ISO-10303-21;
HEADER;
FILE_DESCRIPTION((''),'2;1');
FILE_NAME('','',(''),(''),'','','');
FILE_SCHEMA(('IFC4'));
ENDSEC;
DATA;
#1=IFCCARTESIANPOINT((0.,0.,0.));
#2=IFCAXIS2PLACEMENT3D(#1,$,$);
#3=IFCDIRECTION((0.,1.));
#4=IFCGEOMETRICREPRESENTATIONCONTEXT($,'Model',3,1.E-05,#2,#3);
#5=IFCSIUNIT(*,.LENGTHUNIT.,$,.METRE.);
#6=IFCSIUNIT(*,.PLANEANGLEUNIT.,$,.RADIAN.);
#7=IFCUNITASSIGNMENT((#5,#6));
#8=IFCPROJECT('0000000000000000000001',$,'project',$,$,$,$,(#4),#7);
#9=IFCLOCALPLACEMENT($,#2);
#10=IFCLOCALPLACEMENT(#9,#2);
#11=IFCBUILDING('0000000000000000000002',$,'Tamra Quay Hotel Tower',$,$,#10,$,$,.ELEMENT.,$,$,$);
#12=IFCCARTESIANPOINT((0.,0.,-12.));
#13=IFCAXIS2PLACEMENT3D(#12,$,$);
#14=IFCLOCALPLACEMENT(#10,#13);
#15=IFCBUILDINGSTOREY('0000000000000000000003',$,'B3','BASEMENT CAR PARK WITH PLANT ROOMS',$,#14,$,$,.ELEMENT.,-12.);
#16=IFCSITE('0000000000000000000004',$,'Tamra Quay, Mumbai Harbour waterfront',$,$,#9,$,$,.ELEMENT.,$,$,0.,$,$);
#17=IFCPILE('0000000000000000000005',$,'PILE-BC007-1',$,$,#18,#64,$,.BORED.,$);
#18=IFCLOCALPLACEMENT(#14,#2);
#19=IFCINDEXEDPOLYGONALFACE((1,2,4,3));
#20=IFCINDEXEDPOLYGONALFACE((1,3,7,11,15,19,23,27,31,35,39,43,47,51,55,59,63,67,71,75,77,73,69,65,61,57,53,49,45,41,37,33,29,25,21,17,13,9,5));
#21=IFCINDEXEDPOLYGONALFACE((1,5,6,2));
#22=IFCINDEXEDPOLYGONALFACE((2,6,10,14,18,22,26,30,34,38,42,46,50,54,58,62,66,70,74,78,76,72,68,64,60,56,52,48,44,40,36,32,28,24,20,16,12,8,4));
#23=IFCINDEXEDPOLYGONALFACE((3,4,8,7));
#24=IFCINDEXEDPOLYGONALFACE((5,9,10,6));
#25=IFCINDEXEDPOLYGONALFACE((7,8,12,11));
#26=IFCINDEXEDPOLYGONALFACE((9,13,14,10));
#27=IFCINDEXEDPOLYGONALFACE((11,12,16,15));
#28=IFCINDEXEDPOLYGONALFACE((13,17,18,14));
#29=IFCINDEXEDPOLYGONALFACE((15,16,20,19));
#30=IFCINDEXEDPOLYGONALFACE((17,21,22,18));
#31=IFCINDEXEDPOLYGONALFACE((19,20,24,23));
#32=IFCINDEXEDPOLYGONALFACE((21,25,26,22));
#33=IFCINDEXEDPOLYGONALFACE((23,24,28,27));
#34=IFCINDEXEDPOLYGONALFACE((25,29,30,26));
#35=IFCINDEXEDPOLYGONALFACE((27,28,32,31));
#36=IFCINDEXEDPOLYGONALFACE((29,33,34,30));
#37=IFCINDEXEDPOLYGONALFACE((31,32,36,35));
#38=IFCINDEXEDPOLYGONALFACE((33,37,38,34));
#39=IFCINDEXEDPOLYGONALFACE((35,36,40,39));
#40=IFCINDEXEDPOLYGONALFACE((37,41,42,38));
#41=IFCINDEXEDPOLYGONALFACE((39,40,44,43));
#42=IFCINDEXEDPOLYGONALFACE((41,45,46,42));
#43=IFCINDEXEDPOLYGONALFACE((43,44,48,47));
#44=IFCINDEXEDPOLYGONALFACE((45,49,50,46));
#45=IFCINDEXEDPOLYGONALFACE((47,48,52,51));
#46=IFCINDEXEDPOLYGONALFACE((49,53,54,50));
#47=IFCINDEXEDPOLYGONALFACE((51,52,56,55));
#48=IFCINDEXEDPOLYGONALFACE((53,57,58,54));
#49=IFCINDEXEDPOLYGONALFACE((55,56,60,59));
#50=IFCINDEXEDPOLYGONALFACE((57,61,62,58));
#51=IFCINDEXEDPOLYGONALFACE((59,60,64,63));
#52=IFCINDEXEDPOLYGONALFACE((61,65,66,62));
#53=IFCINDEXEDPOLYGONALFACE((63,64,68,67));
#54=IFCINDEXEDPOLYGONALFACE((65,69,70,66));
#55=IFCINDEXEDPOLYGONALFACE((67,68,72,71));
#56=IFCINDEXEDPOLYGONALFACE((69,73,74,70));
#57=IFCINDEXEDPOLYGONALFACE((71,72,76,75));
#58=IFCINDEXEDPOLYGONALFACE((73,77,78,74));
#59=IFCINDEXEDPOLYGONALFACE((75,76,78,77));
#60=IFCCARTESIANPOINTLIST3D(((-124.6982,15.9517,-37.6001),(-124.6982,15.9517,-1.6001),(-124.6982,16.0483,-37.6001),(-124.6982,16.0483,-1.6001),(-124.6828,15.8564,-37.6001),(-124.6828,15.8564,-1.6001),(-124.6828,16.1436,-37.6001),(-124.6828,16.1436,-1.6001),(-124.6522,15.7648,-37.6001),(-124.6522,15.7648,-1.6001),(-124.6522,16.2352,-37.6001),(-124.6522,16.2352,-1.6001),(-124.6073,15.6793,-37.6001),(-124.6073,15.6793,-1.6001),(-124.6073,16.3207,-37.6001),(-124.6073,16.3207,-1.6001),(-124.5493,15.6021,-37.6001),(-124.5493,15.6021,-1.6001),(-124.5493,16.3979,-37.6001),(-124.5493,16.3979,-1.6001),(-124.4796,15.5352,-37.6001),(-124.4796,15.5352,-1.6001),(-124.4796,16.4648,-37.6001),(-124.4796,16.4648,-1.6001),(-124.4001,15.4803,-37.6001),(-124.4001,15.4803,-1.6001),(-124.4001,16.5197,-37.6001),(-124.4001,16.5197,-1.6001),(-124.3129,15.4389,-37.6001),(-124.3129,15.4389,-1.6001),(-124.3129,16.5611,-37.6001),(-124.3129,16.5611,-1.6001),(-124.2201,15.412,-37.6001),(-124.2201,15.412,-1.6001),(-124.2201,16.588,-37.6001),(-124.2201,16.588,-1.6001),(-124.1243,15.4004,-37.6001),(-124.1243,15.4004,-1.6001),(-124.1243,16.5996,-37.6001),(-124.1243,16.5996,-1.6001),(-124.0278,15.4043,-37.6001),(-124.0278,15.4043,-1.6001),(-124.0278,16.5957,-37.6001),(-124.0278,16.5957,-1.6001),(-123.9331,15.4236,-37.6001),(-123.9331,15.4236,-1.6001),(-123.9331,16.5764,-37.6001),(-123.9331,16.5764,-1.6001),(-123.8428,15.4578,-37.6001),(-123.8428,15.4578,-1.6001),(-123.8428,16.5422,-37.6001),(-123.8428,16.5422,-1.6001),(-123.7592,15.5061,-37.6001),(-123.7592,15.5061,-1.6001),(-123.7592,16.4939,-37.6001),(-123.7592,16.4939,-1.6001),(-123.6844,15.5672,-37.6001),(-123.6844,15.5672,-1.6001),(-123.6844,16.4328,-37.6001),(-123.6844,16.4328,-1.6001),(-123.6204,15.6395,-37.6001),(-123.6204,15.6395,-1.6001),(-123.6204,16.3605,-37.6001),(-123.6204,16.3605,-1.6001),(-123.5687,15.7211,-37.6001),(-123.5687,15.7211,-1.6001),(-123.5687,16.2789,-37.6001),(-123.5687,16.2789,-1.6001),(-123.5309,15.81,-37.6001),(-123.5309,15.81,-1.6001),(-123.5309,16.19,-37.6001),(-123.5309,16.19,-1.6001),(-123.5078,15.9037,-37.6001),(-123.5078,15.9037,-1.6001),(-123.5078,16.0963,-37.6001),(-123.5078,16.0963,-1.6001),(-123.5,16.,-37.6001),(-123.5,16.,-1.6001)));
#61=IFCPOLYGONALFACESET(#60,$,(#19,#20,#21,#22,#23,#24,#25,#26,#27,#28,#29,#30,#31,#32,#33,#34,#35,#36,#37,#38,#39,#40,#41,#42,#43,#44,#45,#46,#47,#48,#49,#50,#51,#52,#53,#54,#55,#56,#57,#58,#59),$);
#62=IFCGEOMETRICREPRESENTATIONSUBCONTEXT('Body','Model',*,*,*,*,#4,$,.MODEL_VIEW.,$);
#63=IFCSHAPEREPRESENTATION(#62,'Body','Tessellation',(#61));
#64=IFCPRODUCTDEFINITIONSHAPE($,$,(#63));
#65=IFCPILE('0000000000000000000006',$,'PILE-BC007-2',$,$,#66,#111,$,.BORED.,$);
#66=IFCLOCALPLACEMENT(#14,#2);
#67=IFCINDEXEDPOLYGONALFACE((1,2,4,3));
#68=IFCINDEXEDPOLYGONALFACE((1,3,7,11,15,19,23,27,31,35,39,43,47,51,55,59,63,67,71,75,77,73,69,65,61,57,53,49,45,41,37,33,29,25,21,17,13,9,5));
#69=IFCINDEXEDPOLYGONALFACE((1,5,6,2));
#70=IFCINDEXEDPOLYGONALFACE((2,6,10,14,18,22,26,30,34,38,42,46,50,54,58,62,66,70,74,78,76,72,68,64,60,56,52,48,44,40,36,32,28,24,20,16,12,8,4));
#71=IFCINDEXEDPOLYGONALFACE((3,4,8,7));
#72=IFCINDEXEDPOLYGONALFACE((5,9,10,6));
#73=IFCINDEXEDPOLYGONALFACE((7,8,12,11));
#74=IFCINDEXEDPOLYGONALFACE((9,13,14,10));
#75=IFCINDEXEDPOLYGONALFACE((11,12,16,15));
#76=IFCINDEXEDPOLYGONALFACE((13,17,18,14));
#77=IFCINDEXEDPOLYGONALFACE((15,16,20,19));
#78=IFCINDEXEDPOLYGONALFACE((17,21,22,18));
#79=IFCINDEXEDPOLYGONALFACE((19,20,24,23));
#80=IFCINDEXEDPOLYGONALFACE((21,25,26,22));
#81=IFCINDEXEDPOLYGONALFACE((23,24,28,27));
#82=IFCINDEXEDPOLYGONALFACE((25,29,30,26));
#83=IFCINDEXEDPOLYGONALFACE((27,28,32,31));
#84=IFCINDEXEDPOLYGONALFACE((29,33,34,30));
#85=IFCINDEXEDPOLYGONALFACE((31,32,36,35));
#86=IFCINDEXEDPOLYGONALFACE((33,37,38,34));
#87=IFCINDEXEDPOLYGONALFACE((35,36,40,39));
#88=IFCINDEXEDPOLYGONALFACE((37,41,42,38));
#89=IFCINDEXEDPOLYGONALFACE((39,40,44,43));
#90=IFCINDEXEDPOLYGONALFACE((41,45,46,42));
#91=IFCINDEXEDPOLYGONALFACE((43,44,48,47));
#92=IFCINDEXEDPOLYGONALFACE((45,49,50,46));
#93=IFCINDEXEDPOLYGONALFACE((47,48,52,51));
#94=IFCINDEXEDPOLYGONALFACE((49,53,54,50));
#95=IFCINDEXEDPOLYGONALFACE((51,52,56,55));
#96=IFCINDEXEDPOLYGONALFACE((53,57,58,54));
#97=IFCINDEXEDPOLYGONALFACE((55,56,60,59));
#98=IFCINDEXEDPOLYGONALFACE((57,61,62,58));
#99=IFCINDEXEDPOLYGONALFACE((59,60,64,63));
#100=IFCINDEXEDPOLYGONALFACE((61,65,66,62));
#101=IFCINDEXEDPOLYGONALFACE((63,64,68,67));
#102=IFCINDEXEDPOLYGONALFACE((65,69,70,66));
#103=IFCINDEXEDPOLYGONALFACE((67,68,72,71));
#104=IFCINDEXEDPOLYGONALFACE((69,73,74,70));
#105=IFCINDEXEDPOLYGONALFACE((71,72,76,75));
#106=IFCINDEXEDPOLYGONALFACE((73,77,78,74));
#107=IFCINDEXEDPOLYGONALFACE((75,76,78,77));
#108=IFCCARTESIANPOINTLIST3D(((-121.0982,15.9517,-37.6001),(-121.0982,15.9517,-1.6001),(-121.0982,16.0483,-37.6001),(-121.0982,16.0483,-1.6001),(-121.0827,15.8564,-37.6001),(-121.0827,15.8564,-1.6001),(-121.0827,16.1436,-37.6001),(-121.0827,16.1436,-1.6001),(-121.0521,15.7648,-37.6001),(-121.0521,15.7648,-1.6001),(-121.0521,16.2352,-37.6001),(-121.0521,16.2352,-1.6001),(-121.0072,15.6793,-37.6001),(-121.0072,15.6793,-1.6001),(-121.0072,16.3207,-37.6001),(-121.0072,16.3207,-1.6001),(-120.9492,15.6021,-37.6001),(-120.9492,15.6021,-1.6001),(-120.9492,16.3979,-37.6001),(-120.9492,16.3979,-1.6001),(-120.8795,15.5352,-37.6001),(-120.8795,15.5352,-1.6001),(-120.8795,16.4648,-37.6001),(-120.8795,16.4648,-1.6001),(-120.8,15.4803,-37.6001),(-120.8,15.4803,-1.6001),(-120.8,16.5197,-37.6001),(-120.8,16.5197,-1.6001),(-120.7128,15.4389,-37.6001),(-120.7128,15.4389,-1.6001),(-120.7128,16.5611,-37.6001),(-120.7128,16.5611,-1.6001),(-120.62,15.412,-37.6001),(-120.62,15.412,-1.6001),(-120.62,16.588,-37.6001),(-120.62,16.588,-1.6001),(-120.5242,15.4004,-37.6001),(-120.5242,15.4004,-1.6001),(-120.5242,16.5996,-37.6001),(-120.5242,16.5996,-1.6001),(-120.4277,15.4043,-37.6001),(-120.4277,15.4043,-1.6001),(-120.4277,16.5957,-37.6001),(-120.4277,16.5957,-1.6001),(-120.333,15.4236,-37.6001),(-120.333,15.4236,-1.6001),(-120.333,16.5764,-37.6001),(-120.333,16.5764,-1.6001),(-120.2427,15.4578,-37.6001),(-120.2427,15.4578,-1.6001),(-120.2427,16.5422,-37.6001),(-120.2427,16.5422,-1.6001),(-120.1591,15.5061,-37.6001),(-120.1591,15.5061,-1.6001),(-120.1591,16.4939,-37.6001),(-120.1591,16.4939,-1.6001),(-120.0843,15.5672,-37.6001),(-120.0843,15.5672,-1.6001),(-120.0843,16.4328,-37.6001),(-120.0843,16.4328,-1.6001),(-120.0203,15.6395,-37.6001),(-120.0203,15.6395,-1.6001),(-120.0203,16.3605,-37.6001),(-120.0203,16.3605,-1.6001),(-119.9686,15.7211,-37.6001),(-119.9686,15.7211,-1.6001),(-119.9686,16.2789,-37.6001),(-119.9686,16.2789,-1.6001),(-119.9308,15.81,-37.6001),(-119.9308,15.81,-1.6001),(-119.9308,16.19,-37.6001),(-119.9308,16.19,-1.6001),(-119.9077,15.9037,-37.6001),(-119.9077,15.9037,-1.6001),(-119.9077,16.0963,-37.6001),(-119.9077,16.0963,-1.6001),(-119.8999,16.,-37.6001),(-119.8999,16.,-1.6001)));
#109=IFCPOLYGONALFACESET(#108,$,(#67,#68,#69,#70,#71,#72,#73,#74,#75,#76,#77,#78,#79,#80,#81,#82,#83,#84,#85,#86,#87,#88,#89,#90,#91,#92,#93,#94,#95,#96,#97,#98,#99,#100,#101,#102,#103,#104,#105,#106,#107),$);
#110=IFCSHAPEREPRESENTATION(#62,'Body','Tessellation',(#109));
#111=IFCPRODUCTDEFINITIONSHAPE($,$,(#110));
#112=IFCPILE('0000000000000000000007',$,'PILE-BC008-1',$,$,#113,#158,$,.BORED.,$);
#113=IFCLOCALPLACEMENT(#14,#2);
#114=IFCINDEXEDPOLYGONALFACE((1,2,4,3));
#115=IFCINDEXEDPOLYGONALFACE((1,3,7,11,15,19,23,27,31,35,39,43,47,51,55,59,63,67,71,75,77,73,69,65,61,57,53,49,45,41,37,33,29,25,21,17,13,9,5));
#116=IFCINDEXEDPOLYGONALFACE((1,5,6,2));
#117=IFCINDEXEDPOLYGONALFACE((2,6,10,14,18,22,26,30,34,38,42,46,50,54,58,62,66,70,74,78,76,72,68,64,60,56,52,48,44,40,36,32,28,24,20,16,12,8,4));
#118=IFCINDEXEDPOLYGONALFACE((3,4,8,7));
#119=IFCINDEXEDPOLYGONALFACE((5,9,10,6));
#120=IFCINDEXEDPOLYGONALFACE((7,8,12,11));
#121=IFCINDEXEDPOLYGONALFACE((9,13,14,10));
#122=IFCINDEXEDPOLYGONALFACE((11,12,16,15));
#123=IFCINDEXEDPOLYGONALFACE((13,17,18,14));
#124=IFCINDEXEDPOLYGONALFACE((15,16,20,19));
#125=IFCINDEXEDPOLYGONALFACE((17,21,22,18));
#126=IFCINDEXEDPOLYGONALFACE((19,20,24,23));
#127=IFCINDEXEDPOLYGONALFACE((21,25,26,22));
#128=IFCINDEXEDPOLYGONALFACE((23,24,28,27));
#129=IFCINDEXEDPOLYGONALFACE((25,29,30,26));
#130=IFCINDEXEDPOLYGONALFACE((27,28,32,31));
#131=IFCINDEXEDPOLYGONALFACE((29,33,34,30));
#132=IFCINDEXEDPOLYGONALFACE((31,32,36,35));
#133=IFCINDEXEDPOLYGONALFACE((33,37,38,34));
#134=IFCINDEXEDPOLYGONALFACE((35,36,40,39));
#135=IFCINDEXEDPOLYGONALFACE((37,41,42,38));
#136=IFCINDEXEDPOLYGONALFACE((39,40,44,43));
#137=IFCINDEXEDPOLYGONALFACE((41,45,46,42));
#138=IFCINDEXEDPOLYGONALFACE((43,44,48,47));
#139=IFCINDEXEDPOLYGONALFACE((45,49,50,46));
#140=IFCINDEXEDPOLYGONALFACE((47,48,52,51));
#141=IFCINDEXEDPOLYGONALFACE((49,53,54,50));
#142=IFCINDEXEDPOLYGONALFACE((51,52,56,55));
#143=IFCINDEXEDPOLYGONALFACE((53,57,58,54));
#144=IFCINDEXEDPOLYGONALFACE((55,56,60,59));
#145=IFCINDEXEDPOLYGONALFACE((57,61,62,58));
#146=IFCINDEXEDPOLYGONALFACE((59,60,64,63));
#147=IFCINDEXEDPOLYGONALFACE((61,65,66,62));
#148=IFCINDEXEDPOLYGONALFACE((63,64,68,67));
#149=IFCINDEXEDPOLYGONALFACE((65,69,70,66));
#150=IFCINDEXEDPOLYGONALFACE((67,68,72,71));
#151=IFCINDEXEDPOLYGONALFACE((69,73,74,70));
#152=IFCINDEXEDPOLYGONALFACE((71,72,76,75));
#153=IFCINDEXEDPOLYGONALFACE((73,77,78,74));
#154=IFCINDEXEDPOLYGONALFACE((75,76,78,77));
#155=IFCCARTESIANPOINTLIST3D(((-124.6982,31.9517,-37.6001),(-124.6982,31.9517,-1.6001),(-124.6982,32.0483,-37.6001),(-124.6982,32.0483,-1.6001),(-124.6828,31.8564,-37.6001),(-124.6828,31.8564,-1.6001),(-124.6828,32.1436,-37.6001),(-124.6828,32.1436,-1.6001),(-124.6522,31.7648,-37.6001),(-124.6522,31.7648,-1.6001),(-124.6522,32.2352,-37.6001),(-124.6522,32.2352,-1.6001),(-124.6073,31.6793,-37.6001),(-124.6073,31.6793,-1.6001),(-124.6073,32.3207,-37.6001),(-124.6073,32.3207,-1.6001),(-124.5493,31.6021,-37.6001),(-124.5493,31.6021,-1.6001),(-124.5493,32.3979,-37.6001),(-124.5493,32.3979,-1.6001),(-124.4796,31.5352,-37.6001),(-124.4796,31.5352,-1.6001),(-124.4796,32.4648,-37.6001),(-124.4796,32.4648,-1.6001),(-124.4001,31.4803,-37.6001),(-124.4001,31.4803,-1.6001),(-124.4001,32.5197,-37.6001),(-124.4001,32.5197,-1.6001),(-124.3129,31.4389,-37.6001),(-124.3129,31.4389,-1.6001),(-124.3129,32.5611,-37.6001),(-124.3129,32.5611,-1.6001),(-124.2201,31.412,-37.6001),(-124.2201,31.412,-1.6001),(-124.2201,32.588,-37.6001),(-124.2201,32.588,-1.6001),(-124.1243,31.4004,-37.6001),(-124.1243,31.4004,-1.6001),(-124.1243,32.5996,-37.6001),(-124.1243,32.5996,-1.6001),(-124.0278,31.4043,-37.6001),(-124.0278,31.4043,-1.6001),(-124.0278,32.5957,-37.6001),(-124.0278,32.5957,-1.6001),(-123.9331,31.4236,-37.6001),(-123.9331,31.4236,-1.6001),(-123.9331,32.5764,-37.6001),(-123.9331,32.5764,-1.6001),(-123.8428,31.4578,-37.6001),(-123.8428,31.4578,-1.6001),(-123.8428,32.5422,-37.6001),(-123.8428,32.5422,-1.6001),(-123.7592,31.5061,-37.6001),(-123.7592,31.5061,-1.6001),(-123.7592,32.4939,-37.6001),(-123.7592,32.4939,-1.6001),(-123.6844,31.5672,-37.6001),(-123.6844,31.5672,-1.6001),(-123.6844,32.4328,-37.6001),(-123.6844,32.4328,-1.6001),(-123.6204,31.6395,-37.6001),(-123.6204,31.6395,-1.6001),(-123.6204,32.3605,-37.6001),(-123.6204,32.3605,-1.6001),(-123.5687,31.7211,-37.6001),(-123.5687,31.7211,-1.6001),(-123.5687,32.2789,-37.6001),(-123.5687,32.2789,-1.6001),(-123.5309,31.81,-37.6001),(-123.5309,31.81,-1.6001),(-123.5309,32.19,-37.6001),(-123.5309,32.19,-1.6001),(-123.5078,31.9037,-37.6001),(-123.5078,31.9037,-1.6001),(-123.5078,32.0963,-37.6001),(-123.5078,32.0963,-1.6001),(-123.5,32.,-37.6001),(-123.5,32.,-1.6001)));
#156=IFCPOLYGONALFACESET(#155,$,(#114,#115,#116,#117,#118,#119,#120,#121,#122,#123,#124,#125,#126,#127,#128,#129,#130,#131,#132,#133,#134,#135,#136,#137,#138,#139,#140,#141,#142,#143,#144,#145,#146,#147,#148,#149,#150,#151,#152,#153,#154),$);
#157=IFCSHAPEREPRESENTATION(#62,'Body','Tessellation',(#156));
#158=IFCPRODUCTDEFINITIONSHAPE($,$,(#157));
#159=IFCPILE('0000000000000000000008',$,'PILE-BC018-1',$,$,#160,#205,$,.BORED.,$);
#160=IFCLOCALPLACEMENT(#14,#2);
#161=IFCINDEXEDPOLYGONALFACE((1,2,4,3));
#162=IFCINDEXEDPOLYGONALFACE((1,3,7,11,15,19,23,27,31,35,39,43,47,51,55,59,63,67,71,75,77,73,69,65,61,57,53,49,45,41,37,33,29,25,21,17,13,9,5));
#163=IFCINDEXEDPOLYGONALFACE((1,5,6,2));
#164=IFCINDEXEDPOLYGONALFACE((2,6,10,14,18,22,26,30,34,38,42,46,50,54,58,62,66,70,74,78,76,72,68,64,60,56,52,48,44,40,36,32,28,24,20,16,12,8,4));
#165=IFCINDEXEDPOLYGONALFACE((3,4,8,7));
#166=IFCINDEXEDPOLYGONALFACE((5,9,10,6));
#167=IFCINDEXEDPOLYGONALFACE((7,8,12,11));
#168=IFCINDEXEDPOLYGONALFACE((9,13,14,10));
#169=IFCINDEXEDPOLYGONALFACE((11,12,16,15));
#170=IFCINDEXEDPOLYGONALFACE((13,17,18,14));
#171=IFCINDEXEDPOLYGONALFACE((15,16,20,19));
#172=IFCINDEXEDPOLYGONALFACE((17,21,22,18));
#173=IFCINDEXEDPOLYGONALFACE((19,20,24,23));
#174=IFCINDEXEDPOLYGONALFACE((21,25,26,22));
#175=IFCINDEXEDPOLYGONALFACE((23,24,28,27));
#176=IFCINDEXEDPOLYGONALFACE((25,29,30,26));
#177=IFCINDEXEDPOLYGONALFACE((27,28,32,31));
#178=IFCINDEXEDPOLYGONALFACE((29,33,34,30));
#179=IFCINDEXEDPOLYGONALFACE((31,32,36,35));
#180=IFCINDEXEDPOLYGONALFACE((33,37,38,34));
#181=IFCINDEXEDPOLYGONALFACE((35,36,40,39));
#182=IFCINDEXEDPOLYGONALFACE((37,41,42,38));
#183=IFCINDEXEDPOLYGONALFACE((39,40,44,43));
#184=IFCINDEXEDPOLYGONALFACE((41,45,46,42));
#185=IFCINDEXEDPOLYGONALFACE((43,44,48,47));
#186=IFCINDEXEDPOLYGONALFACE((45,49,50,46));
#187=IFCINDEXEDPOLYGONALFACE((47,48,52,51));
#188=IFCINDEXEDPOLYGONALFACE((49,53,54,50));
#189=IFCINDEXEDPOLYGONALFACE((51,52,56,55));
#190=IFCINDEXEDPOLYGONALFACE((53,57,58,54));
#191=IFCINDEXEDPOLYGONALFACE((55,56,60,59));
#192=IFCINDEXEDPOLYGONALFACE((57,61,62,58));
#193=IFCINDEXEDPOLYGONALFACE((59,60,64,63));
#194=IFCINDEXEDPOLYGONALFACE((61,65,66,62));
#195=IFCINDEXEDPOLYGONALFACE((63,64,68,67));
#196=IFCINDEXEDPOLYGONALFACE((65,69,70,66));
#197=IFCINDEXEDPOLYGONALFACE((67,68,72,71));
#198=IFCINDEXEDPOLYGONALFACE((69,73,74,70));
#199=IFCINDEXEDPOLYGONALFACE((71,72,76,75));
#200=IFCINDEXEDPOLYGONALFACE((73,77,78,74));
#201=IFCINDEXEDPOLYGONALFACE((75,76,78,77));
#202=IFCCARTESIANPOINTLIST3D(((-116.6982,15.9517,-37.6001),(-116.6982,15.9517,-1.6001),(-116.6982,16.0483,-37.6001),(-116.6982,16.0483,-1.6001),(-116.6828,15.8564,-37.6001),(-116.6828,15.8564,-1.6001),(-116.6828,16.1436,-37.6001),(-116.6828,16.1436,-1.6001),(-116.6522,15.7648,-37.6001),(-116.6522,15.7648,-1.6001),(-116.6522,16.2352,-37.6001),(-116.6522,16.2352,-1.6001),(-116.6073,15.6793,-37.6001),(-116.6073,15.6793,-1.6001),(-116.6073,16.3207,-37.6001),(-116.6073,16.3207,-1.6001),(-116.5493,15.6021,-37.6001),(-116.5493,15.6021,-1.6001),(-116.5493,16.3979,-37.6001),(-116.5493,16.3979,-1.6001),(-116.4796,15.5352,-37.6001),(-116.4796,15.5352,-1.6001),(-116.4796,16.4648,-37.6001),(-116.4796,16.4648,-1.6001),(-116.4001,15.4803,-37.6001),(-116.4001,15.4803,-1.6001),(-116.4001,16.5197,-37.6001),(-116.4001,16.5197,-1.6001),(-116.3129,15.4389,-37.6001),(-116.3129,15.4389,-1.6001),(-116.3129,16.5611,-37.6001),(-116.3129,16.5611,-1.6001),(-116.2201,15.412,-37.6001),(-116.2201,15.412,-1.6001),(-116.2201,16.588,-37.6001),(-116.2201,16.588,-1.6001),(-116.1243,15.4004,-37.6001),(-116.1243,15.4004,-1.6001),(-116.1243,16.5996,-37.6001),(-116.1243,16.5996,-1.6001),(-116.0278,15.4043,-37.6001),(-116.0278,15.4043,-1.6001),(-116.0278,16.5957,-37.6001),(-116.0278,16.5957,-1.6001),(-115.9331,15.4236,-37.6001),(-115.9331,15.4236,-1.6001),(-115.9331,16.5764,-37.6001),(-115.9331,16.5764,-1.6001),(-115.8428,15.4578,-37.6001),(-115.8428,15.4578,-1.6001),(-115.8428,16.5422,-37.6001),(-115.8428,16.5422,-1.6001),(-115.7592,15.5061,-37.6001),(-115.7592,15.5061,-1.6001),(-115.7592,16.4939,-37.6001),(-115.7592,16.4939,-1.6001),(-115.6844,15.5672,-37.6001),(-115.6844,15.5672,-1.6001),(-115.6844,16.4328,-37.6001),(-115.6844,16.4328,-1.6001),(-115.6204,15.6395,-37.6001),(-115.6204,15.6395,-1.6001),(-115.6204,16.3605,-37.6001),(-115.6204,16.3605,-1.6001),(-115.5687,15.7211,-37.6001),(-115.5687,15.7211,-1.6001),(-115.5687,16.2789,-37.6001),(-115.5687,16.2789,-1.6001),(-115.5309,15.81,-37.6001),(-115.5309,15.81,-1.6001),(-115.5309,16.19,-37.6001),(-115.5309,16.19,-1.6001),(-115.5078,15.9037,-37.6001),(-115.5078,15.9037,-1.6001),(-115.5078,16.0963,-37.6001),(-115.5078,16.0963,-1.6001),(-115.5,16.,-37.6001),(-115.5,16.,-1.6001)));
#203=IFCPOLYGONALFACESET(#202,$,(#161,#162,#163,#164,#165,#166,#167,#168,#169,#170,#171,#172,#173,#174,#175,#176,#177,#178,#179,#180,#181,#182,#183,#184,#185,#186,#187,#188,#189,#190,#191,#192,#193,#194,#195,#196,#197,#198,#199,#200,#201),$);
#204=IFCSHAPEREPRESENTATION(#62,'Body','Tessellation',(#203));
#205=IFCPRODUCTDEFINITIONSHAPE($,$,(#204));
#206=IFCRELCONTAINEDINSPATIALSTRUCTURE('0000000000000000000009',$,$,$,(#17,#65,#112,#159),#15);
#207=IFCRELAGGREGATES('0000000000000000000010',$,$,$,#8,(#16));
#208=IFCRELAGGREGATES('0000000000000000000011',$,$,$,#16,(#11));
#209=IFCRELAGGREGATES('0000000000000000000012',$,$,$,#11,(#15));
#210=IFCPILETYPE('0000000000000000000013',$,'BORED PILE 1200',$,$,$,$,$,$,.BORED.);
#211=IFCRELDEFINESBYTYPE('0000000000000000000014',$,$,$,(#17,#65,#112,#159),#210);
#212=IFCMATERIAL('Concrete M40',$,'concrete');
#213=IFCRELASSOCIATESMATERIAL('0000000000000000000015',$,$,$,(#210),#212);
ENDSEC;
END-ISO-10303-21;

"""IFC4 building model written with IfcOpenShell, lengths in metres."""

from ifc_helpers import new_model, si_unit, direction, frame, origin, origin_2d, place, context, subcontext, project, spatial, circle, extrude, material, material_profile, profile_set, type_object, element, save


model = new_model("IFC4")

# Units and contexts
model_context = context("Model", 3, precision=1e-05, world=origin(), true_north=direction((0.0, 1.0)))
body_context = subcontext(model_context, "Body", "Model", "MODEL_VIEW")
ifc_project = project(units=[si_unit("LENGTHUNIT", "METRE"), si_unit("PLANEANGLEUNIT", "RADIAN")], contexts=[model_context])

# Site, building, storey
site_placement = place(None, origin())
site = spatial("IfcSite", under=ifc_project, at=site_placement, Name="Tamra Quay, Mumbai Harbour waterfront", CompositionType="ELEMENT", RefElevation=0.0)
building_placement = place(site_placement, origin())
building = spatial("IfcBuilding", under=site, at=building_placement, Name="Tamra Quay Hotel Tower", CompositionType="ELEMENT")
storey_placement = place(building_placement, frame((0.0, 0.0, -12.0)))
storey = spatial("IfcBuildingStorey", under=building, at=storey_placement, Name="B3", Description="BASEMENT CAR PARK WITH PLANT ROOMS", CompositionType="ELEMENT", Elevation=-12.0)

# Piles
ifc_material_1 = material(Name="Concrete M40", Category="concrete")
ifc_material_profile_1 = material_profile(ifc_material_1, circle(Radius=0.6001, at=origin_2d()), Name="BORED PILE 1200")
ifc_profile_set_1 = profile_set([ifc_material_profile_1], Name="Concrete M40")
pile_type = type_object("IfcPileType", Name="BORED PILE 1200", PredefinedType="BORED", material=ifc_profile_set_1)
for number, where, z_axis, x_axis, name in (
    (1, (-124.1001, 16.0, -1.6001), (0.0, 0.0, -1.0), (1.0, 0.0, 0.0), "PILE-BC007-1"),
    (2, (-120.5, 16.0, -1.6001), (0.0, 0.0, -1.0), (1.0, 0.0, 0.0), "PILE-BC007-2"),
    (3, (-124.1001, 32.0, -1.6001), (0.0, 0.0, -1.0), (1.0, 0.0, 0.0), "PILE-BC008-1"),
    (4, (-116.1001, 16.0, -1.6001), (0.0, 0.0, -1.0), (1.0, 0.0, 0.0), "PILE-BC018-1"),
):
    element("IfcPile", number, at=place(storey_placement, frame(where, z_axis=z_axis, x_axis=x_axis)), inside=storey, type_object=pile_type, Name=name, PredefinedType="BORED", context=body_context, shape_type="SweptSolid", body=[
        extrude(circle(Radius=0.6001, at=origin_2d()), origin(), (0.0, 0.0, 1.0), 36.0),
    ])

save(model, "model.ifc")
